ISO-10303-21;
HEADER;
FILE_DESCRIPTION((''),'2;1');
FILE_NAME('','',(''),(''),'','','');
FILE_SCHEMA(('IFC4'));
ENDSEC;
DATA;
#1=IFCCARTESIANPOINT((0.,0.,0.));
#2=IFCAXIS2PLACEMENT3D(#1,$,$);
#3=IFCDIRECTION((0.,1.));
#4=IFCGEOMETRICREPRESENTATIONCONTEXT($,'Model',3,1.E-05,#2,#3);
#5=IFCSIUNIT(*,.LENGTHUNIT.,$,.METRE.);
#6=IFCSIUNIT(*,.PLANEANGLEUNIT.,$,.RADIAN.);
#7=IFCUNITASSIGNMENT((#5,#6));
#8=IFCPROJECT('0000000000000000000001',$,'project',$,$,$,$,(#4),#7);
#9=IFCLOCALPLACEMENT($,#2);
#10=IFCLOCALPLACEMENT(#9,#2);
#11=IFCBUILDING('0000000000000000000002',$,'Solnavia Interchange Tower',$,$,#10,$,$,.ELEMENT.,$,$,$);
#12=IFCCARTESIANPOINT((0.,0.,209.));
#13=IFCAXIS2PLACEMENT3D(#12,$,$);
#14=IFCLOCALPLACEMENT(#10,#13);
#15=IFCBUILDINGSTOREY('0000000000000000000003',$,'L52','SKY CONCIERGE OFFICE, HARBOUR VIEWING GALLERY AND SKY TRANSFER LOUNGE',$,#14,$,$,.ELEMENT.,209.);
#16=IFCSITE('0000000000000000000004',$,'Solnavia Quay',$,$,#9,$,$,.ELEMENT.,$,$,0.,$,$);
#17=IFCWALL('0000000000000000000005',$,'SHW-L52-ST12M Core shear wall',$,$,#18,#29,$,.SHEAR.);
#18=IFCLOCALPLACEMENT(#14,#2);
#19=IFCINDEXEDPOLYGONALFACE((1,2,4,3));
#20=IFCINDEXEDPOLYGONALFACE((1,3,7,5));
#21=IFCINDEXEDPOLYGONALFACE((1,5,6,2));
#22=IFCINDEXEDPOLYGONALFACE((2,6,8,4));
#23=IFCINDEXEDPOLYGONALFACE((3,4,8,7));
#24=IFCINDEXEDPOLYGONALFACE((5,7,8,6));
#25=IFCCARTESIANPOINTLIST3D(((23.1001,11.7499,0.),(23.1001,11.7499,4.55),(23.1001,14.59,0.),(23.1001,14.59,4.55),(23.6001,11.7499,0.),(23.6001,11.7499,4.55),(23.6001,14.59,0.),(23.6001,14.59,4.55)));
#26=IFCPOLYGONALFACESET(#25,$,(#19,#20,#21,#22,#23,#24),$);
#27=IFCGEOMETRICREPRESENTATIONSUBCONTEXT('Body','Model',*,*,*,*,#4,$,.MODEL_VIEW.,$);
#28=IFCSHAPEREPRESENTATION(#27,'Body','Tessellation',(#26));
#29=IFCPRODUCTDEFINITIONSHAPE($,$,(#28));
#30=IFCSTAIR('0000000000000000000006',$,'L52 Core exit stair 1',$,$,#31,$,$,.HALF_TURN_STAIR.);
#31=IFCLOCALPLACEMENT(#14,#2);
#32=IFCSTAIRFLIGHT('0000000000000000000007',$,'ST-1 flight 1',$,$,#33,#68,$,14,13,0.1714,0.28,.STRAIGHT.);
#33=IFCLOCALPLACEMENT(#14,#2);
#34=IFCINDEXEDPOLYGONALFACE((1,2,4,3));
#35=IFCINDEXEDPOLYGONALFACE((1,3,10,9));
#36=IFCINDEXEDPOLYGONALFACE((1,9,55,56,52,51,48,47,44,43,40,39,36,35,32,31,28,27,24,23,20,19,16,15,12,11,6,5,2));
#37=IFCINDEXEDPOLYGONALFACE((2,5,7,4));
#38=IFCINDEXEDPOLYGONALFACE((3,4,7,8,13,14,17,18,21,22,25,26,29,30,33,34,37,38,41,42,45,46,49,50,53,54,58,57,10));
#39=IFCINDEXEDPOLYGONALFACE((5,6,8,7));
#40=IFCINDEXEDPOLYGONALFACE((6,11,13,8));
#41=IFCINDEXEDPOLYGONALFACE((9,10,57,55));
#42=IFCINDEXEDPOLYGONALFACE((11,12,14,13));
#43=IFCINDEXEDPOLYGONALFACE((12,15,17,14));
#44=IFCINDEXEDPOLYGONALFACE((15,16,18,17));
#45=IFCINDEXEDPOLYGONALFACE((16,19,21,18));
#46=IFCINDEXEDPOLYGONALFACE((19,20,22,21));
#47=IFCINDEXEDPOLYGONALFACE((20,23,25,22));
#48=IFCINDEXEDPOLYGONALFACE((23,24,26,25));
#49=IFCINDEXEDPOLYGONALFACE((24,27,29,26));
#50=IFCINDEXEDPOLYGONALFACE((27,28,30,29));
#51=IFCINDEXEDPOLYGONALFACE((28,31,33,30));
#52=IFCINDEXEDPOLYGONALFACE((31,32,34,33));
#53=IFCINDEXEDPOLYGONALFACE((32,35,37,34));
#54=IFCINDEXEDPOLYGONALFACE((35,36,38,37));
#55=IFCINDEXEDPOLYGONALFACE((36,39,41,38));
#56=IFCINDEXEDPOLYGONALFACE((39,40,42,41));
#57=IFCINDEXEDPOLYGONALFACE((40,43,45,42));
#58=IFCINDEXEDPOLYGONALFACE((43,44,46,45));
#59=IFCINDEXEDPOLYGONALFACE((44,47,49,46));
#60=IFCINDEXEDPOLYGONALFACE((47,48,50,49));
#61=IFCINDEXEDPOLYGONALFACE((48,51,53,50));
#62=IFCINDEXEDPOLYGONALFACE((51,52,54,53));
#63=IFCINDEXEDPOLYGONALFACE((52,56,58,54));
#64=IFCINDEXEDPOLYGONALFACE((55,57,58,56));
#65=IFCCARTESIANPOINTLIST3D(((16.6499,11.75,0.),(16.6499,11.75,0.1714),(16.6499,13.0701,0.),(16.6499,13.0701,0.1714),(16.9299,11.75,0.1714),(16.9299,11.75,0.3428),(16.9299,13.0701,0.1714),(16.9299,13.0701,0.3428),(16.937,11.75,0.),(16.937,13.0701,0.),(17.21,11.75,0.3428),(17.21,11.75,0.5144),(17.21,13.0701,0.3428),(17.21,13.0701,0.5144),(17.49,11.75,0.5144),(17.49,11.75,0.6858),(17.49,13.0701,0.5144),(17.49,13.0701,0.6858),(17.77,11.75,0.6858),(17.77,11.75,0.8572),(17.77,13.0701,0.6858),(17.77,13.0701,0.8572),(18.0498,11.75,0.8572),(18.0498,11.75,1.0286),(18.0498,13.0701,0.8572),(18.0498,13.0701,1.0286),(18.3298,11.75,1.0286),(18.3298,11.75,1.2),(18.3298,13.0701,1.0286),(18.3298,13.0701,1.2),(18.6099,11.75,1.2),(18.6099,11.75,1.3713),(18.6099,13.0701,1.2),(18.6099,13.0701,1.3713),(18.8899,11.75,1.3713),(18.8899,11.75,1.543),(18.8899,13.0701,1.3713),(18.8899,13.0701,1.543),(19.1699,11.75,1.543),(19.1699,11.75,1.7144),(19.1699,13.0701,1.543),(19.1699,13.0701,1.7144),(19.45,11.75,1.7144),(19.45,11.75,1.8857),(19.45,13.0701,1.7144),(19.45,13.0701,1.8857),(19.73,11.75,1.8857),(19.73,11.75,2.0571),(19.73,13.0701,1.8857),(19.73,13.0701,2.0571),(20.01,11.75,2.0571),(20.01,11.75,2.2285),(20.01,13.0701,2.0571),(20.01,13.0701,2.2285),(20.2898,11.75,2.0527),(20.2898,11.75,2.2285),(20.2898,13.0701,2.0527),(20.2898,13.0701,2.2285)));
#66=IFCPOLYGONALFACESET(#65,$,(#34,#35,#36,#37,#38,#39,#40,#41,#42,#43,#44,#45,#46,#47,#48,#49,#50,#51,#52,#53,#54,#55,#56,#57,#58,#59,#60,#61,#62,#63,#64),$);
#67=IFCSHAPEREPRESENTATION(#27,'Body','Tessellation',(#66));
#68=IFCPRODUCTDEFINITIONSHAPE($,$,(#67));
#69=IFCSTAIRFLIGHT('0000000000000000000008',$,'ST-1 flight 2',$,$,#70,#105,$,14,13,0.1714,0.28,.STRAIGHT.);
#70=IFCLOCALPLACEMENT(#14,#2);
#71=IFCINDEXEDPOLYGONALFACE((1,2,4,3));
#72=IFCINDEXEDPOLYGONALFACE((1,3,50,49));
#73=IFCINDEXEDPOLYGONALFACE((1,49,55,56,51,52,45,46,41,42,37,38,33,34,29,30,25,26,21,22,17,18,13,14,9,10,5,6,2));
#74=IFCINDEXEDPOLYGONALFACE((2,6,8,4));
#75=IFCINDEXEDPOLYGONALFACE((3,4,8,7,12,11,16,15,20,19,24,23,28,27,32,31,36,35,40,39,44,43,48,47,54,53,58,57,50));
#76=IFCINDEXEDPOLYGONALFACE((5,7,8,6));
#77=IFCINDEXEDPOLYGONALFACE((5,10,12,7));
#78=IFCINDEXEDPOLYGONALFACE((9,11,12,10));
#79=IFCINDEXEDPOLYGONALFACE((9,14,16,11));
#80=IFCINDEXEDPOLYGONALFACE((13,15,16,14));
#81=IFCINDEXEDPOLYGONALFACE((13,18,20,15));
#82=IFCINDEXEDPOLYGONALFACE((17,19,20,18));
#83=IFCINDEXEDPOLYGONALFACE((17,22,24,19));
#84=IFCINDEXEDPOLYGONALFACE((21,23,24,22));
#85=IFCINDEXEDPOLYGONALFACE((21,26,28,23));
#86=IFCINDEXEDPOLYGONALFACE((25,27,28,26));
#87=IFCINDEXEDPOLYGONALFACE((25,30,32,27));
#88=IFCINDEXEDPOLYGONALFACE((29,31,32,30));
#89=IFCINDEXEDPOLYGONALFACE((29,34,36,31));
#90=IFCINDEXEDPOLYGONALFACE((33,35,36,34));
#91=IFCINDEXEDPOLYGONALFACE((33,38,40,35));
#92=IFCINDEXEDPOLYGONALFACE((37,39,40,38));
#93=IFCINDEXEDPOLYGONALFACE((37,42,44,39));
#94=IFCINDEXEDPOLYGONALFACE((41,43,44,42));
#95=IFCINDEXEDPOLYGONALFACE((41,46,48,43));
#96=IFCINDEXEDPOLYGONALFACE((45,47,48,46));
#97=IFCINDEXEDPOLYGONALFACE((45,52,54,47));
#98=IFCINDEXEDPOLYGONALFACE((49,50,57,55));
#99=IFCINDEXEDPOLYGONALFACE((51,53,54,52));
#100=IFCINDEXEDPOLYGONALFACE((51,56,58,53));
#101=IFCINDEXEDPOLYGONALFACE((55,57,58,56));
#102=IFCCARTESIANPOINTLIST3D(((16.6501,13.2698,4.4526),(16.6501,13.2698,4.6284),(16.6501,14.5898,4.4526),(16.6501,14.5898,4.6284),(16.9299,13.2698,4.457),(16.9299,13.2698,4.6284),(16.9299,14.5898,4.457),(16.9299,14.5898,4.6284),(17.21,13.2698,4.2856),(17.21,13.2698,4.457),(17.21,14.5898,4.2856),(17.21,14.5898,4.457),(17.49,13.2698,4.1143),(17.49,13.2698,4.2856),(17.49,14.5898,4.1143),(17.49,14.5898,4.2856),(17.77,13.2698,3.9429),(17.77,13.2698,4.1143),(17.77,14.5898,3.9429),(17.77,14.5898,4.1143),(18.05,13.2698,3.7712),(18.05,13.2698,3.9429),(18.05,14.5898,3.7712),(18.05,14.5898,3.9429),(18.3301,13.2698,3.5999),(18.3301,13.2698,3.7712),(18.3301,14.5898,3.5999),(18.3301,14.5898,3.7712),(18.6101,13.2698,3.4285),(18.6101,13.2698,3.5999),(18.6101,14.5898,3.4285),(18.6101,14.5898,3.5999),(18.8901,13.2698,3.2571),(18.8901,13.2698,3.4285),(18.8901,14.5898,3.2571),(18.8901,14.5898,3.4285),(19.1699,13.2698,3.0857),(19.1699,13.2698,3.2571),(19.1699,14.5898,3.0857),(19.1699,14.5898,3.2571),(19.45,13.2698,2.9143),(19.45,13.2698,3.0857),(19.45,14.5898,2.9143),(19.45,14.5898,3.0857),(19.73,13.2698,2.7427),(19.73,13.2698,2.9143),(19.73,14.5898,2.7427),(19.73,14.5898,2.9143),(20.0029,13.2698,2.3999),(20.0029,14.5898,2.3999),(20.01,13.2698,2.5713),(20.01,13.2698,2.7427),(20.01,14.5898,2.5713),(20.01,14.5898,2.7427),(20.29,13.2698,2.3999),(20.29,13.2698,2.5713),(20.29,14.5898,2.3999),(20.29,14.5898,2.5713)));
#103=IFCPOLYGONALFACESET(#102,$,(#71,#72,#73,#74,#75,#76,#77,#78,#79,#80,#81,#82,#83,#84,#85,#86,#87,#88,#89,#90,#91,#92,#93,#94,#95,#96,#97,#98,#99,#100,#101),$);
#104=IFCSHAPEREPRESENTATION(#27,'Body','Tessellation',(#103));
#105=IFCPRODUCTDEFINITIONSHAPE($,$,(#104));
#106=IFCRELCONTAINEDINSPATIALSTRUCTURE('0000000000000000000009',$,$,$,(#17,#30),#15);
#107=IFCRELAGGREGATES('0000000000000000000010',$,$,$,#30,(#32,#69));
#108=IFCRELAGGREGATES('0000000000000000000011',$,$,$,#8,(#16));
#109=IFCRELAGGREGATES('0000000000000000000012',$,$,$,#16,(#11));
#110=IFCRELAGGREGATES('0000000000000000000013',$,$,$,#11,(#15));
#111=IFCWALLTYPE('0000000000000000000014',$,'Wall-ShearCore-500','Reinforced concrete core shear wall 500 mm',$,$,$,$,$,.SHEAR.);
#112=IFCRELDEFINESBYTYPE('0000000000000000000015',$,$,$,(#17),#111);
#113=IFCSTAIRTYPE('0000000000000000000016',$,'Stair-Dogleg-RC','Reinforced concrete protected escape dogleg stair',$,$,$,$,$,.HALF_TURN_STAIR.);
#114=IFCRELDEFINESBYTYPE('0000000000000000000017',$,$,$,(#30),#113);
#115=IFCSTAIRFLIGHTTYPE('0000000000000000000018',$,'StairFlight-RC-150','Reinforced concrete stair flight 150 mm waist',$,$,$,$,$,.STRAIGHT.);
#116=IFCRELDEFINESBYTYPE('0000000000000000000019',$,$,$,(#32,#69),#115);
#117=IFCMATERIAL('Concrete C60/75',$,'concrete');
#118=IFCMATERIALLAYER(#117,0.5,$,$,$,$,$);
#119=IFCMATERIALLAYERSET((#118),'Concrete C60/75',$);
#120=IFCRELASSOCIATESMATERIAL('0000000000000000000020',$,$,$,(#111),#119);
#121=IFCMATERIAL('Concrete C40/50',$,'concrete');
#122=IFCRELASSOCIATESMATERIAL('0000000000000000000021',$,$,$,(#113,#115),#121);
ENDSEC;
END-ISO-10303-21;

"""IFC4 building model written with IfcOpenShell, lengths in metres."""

from ifc_helpers import new_model, si_unit, direction, frame, frame_2d, origin, place, context, subcontext, project, spatial, polyline, rectangle, outline, extrude, material, layer, layer_set, type_object, element, aggregate, save


model = new_model("IFC4")

# Units and contexts
model_context = context("Model", 3, precision=1e-05, world=origin(), true_north=direction((0.0, 1.0)))
body_context = subcontext(model_context, "Body", "Model", "MODEL_VIEW")
ifc_project = project(units=[si_unit("LENGTHUNIT", "METRE"), si_unit("PLANEANGLEUNIT", "RADIAN")], contexts=[model_context])

# Site, building, storey
site_placement = place(None, origin())
site = spatial("IfcSite", under=ifc_project, at=site_placement, Name="Solnavia Quay", CompositionType="ELEMENT", RefElevation=0.0)
building_placement = place(site_placement, origin())
building = spatial("IfcBuilding", under=site, at=building_placement, Name="Solnavia Interchange Tower", CompositionType="ELEMENT")
storey_placement = place(building_placement, frame((0.0, 0.0, 209.0)))
storey = spatial("IfcBuildingStorey", under=building, at=storey_placement, Name="L52", Description="SKY CONCIERGE OFFICE, HARBOUR VIEWING GALLERY AND SKY TRANSFER LOUNGE", CompositionType="ELEMENT", Elevation=209.0)

# Shared definitions
ifc_material_1 = material(Name="Concrete C40/50", Category="concrete")

# Wall
ifc_material_2 = material(Name="Concrete C60/75", Category="concrete")
ifc_layer_1 = layer(ifc_material_2, 0.5)
ifc_layer_set_1 = layer_set([ifc_layer_1], Name="Concrete C60/75")
wall_type_1 = type_object("IfcWallType", Name="Wall-ShearCore-500", Description="Reinforced concrete core shear wall 500 mm", PredefinedType="SHEAR", material=ifc_layer_set_1)
wall_1_placement = place(storey_placement, frame((23.3501, 11.75, 0.0), z_axis=(0.0, 0.0, 1.0), x_axis=(0.0, 1.0, 0.0)))
element("IfcWall", 1, at=wall_1_placement, inside=storey, type_object=wall_type_1, Name="SHW-L52-ST12M Core shear wall", PredefinedType="SHEAR", context=body_context, shape_type="SweptSolid", body=[
    extrude(rectangle(XDim=2.8401, YDim=0.5, at=frame_2d((1.4199, 0.0))), origin(), (0.0, 0.0, 1.0), 4.55),
])

# Stair, stair flights
stair_type = type_object("IfcStairType", Name="Stair-Dogleg-RC", Description="Reinforced concrete protected escape dogleg stair", PredefinedType="HALF_TURN_STAIR", material=ifc_material_1)
stair_placement = place(storey_placement, origin())
stair = element("IfcStair", 2, at=stair_placement, inside=storey, type_object=stair_type, Name="L52 Core exit stair 1", PredefinedType="HALF_TURN_STAIR")
stair_flight_type = type_object("IfcStairFlightType", Name="StairFlight-RC-150", Description="Reinforced concrete stair flight 150 mm waist", PredefinedType="STRAIGHT", material=ifc_material_1)
stair_flight_1_placement = place(storey_placement, frame((16.6499, 12.4099, 0.0), z_axis=(0.0, 0.0, 1.0), x_axis=(1.0, 0.0, 0.0)))
stair_flight_1 = element("IfcStairFlight", 3, at=stair_flight_1_placement, type_object=stair_flight_type, Name="ST-1 flight 1", NumberOfRisers=14, NumberOfTreads=13, PredefinedType="STRAIGHT", RiserHeight=0.1714, TreadLength=0.28, context=body_context, shape_type="SweptSolid", body=[
    extrude(outline(polyline([(0.0, 0.0), (0.0, 0.1714), (0.28, 0.1714), (0.28, 0.3428), (0.5601, 0.3428), (0.5601, 0.5144), (0.8401, 0.5144), (0.8401, 0.6858), (1.1201, 0.6858), (1.1201, 0.8572), (1.3999, 0.8572), (1.3999, 1.0286), (1.6799, 1.0286), (1.6799, 1.2), (1.96, 1.2), (1.96, 1.3713), (2.24, 1.3713), (2.24, 1.543), (2.52, 1.543), (2.52, 1.7144), (2.8, 1.7144), (2.8, 1.8857), (3.0801, 1.8857), (3.0801, 2.0571), (3.3601, 2.0571), (3.3601, 2.2285), (3.6399, 2.2285), (3.6399, 2.3999), (3.6399, 2.0527), (0.2871, 0.0), (0.0, 0.0)])), frame((0.0, 0.6602, 0.0), z_axis=(0.0, -1.0, 0.0), x_axis=(1.0, 0.0, 0.0)), (0.0, 0.0, 1.0), 1.3201),
])
stair_flight_2_placement = place(storey_placement, frame((20.29, 13.9299, 2.3999), z_axis=(0.0, 0.0, 1.0), x_axis=(-1.0, 0.0, 0.0)))
stair_flight_2 = element("IfcStairFlight", 4, at=stair_flight_2_placement, type_object=stair_flight_type, Name="ST-1 flight 2", NumberOfRisers=14, NumberOfTreads=13, PredefinedType="STRAIGHT", RiserHeight=0.1714, TreadLength=0.28, context=body_context, shape_type="SweptSolid", body=[
    extrude(outline(polyline([(0.0, 0.0), (0.0, 0.1714), (0.28, 0.1714), (0.28, 0.3428), (0.5601, 0.3428), (0.5601, 0.5144), (0.8401, 0.5144), (0.8401, 0.6858), (1.1201, 0.6858), (1.1201, 0.8572), (1.3999, 0.8572), (1.3999, 1.0286), (1.6799, 1.0286), (1.6799, 1.2), (1.96, 1.2), (1.96, 1.3713), (2.24, 1.3713), (2.24, 1.543), (2.52, 1.543), (2.52, 1.7144), (2.8, 1.7144), (2.8, 1.8857), (3.0801, 1.8857), (3.0801, 2.0571), (3.3601, 2.0571), (3.3601, 2.2285), (3.6399, 2.2285), (3.6399, 2.3999), (3.6399, 2.0527), (0.2871, 0.0), (0.0, 0.0)])), frame((0.0, 0.6602, 0.0), z_axis=(0.0, -1.0, 0.0), x_axis=(1.0, 0.0, 0.0)), (0.0, 0.0, 1.0), 1.3201),
])
aggregate(stair, [stair_flight_1, stair_flight_2])

save(model, "model.ifc")
